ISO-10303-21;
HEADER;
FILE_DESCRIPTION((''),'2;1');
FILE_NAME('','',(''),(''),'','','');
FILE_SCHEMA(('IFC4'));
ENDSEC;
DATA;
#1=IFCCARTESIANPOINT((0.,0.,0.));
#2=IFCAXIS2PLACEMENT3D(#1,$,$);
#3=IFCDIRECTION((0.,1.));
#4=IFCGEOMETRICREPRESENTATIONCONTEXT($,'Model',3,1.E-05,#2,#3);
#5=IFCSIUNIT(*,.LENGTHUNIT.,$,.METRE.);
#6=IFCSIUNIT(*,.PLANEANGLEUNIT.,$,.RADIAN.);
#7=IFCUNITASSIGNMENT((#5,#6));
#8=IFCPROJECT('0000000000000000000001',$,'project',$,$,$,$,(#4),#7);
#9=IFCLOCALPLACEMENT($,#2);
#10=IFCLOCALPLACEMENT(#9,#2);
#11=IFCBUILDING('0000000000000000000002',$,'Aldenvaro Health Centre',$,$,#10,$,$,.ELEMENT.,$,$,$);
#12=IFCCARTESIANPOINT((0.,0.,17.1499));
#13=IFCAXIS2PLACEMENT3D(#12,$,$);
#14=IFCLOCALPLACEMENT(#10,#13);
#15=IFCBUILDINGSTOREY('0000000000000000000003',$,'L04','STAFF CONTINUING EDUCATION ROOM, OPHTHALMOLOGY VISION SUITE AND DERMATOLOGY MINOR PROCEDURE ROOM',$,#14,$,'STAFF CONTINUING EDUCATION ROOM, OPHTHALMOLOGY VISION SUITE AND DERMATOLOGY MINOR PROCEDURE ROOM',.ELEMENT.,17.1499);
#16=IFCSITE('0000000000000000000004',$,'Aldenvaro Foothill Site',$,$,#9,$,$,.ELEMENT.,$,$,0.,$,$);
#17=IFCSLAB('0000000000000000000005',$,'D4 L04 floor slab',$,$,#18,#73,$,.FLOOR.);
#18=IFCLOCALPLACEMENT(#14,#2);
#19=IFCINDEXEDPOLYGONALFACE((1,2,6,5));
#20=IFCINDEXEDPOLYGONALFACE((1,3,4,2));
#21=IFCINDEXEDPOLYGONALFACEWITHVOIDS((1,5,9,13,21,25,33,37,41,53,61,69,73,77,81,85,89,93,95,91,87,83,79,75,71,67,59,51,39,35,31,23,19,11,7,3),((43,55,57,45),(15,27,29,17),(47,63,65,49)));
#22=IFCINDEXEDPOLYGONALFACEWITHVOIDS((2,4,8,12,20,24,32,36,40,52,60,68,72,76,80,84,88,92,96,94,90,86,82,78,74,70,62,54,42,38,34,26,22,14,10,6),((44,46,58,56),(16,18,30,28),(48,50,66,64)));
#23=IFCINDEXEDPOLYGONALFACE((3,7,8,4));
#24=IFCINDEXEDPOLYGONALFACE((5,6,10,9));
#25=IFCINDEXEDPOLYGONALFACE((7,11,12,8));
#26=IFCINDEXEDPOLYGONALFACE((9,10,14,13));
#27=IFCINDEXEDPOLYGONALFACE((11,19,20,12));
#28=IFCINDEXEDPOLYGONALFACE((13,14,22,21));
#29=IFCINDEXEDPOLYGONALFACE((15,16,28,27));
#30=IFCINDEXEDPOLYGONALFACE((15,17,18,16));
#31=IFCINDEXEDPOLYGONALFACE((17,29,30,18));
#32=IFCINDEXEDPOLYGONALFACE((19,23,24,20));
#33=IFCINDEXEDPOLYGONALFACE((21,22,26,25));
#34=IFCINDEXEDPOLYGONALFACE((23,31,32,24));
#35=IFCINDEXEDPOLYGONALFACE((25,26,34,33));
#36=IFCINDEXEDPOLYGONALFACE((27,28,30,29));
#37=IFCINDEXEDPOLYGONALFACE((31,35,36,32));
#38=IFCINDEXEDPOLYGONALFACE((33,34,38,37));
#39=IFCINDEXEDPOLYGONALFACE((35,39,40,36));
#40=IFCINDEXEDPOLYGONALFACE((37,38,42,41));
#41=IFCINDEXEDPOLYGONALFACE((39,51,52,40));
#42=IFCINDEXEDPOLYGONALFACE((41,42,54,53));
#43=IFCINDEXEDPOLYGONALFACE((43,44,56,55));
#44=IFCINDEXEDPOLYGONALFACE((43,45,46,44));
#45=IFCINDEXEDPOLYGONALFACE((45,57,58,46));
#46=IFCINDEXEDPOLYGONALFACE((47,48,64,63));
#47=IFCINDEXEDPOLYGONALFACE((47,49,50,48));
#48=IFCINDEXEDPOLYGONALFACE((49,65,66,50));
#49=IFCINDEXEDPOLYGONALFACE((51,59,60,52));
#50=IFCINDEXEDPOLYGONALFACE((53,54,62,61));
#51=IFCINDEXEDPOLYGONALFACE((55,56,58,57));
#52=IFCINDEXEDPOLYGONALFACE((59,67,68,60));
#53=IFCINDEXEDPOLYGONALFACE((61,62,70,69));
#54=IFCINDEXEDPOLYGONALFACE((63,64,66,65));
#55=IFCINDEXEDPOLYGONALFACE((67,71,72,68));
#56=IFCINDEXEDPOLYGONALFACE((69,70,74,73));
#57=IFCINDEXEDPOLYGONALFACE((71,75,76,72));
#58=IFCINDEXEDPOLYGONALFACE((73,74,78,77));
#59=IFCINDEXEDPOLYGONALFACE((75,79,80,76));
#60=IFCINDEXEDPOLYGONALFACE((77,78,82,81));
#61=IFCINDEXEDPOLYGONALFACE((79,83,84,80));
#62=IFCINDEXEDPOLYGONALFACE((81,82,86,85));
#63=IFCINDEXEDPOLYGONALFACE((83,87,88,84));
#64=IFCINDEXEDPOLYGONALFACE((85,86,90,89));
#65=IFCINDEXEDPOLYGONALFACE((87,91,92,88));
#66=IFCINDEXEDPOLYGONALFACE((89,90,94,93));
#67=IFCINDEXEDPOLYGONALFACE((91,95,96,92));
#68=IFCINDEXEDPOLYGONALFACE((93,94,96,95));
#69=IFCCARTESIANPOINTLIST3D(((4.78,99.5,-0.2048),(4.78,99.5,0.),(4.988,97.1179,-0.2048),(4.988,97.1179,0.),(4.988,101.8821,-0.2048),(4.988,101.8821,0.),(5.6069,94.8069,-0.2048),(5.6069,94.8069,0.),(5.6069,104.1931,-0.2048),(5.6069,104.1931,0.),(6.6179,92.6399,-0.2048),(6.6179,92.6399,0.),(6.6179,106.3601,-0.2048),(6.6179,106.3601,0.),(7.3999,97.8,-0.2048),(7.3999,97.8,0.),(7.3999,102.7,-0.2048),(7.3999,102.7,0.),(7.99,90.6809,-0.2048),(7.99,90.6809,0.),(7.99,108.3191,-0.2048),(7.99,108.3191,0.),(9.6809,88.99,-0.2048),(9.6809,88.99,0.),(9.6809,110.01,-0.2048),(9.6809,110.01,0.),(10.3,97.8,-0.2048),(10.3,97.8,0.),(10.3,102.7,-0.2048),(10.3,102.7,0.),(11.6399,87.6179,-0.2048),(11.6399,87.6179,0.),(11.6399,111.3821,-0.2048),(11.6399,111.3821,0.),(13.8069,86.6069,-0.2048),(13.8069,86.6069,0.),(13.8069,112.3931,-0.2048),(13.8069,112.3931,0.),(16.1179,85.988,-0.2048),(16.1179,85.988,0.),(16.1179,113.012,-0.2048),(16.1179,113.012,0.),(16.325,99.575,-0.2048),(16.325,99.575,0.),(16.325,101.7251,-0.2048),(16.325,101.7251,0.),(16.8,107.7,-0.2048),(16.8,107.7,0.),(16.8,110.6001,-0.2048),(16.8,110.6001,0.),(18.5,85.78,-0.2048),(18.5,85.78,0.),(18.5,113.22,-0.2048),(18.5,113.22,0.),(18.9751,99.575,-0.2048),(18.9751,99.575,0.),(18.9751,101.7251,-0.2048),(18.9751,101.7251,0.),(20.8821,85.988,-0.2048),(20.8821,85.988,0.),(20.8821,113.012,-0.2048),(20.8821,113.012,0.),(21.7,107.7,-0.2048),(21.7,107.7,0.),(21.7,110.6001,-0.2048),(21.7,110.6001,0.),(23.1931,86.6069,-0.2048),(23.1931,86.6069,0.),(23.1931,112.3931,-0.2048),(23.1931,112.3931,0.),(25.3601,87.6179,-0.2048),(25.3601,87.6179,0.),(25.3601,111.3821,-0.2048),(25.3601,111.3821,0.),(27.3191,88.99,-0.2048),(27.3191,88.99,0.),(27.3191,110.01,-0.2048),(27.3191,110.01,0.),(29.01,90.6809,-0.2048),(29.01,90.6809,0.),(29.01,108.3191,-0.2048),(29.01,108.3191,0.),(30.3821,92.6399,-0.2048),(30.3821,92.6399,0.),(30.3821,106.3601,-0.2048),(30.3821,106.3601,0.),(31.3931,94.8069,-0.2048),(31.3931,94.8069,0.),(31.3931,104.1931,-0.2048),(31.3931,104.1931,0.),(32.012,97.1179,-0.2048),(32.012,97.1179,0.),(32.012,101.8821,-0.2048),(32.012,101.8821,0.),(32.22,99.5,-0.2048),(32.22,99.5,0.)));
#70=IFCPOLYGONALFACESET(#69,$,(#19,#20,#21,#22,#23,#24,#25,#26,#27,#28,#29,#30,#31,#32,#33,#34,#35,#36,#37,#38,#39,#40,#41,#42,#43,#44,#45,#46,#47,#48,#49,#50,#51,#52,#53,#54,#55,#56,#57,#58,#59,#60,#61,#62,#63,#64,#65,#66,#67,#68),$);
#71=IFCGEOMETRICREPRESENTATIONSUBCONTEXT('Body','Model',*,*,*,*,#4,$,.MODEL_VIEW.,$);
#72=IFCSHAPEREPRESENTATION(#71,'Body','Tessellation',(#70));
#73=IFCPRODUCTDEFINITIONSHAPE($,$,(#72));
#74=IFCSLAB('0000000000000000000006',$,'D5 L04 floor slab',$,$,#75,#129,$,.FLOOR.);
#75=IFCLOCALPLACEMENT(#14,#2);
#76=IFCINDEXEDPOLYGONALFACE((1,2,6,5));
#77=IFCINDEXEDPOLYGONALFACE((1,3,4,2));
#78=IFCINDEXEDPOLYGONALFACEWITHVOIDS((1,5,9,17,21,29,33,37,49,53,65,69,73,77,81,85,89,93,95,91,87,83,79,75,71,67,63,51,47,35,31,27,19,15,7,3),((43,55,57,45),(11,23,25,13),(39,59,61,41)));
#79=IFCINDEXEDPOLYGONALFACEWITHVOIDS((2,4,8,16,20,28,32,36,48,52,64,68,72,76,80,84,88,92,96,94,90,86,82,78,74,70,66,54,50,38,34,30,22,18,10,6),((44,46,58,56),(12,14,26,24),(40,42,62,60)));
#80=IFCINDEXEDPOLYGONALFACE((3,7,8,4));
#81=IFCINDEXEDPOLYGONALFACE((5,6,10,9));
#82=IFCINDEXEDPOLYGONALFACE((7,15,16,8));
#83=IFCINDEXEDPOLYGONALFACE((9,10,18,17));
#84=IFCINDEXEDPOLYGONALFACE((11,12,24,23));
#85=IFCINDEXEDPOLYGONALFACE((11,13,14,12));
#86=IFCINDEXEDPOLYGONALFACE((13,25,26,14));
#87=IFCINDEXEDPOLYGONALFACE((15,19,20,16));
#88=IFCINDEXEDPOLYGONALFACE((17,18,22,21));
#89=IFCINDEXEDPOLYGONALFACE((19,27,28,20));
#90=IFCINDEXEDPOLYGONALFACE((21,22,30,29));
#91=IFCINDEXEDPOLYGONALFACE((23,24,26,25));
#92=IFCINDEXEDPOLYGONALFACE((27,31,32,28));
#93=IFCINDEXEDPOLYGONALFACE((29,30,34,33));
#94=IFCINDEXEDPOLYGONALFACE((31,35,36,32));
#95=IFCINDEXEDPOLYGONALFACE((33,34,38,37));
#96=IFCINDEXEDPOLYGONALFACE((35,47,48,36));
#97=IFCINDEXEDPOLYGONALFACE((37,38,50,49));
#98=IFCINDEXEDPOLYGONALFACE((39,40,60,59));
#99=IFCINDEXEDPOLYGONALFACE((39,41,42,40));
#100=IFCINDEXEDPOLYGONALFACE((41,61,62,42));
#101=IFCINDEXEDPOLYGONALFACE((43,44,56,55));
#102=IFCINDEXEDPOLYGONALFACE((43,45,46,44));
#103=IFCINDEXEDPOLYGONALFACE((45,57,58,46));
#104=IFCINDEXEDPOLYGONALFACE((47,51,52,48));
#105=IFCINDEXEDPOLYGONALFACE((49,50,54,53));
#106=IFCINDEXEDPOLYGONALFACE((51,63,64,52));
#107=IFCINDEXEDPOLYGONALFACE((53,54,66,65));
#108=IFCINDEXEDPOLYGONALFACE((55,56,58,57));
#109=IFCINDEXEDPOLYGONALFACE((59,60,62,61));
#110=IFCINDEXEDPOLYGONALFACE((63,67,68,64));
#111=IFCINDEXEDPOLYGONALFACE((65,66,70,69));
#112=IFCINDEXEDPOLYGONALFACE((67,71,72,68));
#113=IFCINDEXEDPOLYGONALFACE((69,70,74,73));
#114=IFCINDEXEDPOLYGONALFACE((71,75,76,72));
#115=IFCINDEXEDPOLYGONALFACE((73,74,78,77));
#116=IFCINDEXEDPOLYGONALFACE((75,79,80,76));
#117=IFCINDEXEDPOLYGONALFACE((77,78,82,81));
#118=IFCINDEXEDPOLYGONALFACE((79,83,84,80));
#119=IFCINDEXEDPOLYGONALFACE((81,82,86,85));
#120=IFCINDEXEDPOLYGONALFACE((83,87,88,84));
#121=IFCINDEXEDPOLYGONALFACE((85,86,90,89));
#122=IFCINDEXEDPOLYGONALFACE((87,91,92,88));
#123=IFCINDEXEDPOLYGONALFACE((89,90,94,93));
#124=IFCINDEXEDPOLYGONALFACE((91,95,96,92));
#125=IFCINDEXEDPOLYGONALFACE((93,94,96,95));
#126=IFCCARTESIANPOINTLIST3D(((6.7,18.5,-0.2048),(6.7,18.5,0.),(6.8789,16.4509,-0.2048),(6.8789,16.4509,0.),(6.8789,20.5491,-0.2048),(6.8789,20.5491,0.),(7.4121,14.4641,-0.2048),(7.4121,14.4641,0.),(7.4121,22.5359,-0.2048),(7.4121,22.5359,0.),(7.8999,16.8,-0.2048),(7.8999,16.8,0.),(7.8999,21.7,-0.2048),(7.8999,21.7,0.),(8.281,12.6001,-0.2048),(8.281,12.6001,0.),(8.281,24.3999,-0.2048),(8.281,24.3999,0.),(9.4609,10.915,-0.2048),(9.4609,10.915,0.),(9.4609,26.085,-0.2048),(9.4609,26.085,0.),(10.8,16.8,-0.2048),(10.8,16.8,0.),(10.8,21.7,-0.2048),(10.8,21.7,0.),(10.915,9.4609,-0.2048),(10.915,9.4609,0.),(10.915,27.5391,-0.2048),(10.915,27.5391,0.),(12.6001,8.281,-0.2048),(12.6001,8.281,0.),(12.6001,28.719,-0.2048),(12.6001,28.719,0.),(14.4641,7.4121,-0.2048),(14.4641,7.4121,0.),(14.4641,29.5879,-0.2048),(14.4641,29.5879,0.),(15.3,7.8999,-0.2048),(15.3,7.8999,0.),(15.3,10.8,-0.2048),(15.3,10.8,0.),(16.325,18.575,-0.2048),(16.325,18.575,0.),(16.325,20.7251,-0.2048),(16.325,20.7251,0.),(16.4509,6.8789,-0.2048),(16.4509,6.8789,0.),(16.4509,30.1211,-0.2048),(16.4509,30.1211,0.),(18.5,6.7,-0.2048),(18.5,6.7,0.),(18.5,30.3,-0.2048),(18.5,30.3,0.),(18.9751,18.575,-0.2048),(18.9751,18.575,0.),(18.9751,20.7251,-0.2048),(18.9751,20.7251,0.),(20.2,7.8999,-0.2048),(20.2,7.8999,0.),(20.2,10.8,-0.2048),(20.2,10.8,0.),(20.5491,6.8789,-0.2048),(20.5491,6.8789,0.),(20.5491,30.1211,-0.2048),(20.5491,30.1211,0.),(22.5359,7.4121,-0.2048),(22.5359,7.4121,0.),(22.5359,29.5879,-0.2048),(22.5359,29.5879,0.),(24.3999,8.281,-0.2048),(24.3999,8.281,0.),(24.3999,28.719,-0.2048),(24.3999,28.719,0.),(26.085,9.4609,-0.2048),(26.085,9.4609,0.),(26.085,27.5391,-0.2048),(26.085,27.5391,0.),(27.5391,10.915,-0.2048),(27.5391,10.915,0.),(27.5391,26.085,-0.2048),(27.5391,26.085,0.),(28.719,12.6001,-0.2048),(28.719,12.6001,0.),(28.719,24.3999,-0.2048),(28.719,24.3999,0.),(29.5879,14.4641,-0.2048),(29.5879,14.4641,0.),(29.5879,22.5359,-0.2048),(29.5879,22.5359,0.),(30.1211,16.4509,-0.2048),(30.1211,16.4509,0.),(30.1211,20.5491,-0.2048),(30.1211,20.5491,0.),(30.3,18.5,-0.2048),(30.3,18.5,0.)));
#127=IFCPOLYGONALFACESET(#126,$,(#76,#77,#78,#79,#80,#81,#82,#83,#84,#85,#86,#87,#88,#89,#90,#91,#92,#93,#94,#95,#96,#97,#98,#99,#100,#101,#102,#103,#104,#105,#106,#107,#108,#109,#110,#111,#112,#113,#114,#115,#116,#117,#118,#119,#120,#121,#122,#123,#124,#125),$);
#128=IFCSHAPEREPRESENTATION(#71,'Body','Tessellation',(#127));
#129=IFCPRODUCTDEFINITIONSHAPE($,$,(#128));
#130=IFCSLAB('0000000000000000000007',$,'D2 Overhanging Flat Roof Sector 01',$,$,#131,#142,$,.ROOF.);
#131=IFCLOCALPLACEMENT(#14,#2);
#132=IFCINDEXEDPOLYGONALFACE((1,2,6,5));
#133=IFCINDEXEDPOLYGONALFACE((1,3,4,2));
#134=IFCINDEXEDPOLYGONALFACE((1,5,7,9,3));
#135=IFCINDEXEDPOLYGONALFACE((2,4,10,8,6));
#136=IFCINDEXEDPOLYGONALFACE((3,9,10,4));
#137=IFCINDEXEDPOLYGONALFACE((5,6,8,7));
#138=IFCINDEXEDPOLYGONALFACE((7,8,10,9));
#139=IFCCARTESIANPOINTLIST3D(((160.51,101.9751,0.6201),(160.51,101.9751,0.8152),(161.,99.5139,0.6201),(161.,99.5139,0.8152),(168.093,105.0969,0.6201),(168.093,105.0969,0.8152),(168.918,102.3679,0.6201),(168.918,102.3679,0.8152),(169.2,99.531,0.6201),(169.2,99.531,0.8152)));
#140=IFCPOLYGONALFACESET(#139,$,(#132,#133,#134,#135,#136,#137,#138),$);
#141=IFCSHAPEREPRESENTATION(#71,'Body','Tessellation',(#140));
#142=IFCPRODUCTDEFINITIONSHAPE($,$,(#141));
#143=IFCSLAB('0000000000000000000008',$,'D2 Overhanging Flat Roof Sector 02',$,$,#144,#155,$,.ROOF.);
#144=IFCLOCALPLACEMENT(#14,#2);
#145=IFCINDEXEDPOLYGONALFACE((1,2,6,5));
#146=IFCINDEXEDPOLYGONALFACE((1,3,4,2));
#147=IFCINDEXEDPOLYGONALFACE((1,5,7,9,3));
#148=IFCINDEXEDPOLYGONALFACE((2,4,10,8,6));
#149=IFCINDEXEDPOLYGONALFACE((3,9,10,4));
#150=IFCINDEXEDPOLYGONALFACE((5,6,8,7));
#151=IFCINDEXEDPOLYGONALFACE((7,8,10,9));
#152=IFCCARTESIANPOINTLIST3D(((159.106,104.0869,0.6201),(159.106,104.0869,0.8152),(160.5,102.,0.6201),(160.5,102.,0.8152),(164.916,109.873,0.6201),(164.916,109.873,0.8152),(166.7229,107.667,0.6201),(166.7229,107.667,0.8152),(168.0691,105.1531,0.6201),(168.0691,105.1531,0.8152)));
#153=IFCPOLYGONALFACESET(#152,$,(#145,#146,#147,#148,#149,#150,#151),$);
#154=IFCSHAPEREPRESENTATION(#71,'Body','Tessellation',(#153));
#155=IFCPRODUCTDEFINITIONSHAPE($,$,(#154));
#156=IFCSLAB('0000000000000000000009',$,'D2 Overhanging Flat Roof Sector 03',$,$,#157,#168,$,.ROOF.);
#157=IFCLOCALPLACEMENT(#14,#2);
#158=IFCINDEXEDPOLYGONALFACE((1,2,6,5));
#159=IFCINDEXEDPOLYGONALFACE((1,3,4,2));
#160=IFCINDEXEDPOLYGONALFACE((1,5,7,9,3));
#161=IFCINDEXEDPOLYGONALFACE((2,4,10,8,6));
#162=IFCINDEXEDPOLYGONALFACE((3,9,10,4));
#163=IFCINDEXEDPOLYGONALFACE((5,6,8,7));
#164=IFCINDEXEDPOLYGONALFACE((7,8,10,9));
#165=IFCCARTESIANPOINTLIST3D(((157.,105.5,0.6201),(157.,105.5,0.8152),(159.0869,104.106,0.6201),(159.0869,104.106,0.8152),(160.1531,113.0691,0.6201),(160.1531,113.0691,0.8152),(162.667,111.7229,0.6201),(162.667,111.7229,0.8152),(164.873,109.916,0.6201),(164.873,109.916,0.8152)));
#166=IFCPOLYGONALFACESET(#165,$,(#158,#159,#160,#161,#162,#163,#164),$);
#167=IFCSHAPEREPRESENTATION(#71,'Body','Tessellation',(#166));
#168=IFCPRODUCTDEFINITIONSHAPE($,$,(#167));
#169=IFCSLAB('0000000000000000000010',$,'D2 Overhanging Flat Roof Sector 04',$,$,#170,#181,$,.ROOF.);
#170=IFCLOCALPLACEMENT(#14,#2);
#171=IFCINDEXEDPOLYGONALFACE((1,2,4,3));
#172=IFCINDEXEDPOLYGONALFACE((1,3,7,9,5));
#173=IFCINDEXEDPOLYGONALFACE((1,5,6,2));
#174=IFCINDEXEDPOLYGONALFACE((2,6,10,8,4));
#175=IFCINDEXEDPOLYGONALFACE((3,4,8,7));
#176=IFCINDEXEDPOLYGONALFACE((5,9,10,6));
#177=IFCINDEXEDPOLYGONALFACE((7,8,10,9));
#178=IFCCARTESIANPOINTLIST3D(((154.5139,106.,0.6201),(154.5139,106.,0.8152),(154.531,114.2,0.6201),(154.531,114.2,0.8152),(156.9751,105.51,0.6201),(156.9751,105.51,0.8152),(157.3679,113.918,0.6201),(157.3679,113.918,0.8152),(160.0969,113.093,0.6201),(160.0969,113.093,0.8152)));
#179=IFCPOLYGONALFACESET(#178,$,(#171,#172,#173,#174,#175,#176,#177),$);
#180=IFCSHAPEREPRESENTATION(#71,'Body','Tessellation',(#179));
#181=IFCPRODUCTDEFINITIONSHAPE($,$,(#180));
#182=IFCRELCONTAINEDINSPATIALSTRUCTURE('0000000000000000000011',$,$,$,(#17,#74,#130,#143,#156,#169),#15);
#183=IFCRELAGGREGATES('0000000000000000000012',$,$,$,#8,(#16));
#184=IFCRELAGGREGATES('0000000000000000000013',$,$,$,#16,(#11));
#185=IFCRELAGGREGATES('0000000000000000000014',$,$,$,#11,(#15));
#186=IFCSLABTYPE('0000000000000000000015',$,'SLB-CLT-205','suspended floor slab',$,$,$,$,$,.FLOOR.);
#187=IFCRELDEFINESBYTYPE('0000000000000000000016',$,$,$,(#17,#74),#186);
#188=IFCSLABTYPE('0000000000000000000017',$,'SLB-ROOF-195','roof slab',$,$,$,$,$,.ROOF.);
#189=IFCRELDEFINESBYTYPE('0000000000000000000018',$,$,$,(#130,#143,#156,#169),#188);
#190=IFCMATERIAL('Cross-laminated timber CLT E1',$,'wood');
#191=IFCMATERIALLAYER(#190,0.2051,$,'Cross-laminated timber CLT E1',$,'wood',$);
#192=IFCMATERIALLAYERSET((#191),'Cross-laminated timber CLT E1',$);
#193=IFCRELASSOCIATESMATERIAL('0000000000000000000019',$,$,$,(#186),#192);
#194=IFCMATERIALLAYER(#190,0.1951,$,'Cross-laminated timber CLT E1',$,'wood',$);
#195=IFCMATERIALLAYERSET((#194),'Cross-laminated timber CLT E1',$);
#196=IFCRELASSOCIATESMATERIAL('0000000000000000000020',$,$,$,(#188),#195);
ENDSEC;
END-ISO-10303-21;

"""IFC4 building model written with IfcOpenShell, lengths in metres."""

from ifc_helpers import new_model, si_unit, direction, frame, origin, place, context, subcontext, project, spatial, polyline, outline, extrude, material, layer, layer_set, type_object, element, save


model = new_model("IFC4")

# Units and contexts
model_context = context("Model", 3, precision=1e-05, world=origin(), true_north=direction((0.0, 1.0)))
body_context = subcontext(model_context, "Body", "Model", "MODEL_VIEW")
ifc_project = project(units=[si_unit("LENGTHUNIT", "METRE"), si_unit("PLANEANGLEUNIT", "RADIAN")], contexts=[model_context])

# Site, building, storey
site_placement = place(None, origin())
site = spatial("IfcSite", under=ifc_project, at=site_placement, Name="Aldenvaro Foothill Site", CompositionType="ELEMENT", RefElevation=0.0)
building_placement = place(site_placement, origin())
building = spatial("IfcBuilding", under=site, at=building_placement, Name="Aldenvaro Health Centre", CompositionType="ELEMENT")
storey_placement = place(building_placement, frame((0.0, 0.0, 17.1499)))
storey = spatial("IfcBuildingStorey", under=building, at=storey_placement, Name="L04", Description="STAFF CONTINUING EDUCATION ROOM, OPHTHALMOLOGY VISION SUITE AND DERMATOLOGY MINOR PROCEDURE ROOM", LongName="STAFF CONTINUING EDUCATION ROOM, OPHTHALMOLOGY VISION SUITE AND DERMATOLOGY MINOR PROCEDURE ROOM", CompositionType="ELEMENT", Elevation=17.1499)

# Slabs
ifc_material_1 = material(Name="Cross-laminated timber CLT E1", Category="wood")
ifc_layer_1 = layer(ifc_material_1, 0.2051, Name="Cross-laminated timber CLT E1", Category="wood")
ifc_layer_set_1 = layer_set([ifc_layer_1], Name="Cross-laminated timber CLT E1")
slab_type_1 = type_object("IfcSlabType", Name="SLB-CLT-205", Description="suspended floor slab", PredefinedType="FLOOR", material=ifc_layer_set_1)
slab_1_placement = place(storey_placement, frame((0.0, 0.0, -0.2048)))
element("IfcSlab", 1, at=slab_1_placement, inside=storey, type_object=slab_type_1, Name="D4 L04 floor slab", PredefinedType="FLOOR", context=body_context, shape_type="SweptSolid", body=[
    extrude(outline(polyline([(32.22, 99.5), (32.012, 101.8821), (31.3931, 104.1931), (30.3821, 106.3601), (29.01, 108.3191), (27.3191, 110.01), (25.3601, 111.3821), (23.1931, 112.3931), (20.8821, 113.012), (18.5, 113.22), (16.1179, 113.012), (13.8069, 112.3931), (11.6399, 111.3821), (9.6809, 110.01), (7.99, 108.3191), (6.6179, 106.3601), (5.6069, 104.1931), (4.988, 101.8821), (4.78, 99.5), (4.988, 97.1179), (5.6069, 94.8069), (6.6179, 92.6399), (7.99, 90.6809), (9.6809, 88.99), (11.6399, 87.6179), (13.8069, 86.6069), (16.1179, 85.988), (18.5, 85.78), (20.8821, 85.988), (23.1931, 86.6069), (25.3601, 87.6179), (27.3191, 88.99), (29.01, 90.6809), (30.3821, 92.6399), (31.3931, 94.8069), (32.012, 97.1179), (32.22, 99.5)]), holes=[polyline([(16.8, 107.7), (21.7, 107.7), (21.7, 110.6001), (16.8, 110.6001), (16.8, 107.7)]), polyline([(10.3, 97.8), (10.3, 102.7), (7.3999, 102.7), (7.3999, 97.8), (10.3, 97.8)]), polyline([(16.325, 99.575), (18.9751, 99.575), (18.9751, 101.7251), (16.325, 101.7251), (16.325, 99.575)])]), origin(), (0.0, 0.0, 1.0), 0.2048),
])
slab_2_placement = place(storey_placement, frame((0.0, 0.0, -0.2048)))
element("IfcSlab", 2, at=slab_2_placement, inside=storey, type_object=slab_type_1, Name="D5 L04 floor slab", PredefinedType="FLOOR", context=body_context, shape_type="SweptSolid", body=[
    extrude(outline(polyline([(30.3, 18.5), (30.1211, 20.5491), (29.5879, 22.5359), (28.719, 24.3999), (27.5391, 26.085), (26.085, 27.5391), (24.3999, 28.719), (22.5359, 29.5879), (20.5491, 30.1211), (18.5, 30.3), (16.4509, 30.1211), (14.4641, 29.5879), (12.6001, 28.719), (10.915, 27.5391), (9.4609, 26.085), (8.281, 24.3999), (7.4121, 22.5359), (6.8789, 20.5491), (6.7, 18.5), (6.8789, 16.4509), (7.4121, 14.4641), (8.281, 12.6001), (9.4609, 10.915), (10.915, 9.4609), (12.6001, 8.281), (14.4641, 7.4121), (16.4509, 6.8789), (18.5, 6.7), (20.5491, 6.8789), (22.5359, 7.4121), (24.3999, 8.281), (26.085, 9.4609), (27.5391, 10.915), (28.719, 12.6001), (29.5879, 14.4641), (30.1211, 16.4509), (30.3, 18.5)]), holes=[polyline([(10.8, 16.8), (10.8, 21.7), (7.8999, 21.7), (7.8999, 16.8), (10.8, 16.8)]), polyline([(20.2, 10.8), (15.3, 10.8), (15.3, 7.8999), (20.2, 7.8999), (20.2, 10.8)]), polyline([(16.325, 18.575), (18.9751, 18.575), (18.9751, 20.7251), (16.325, 20.7251), (16.325, 18.575)])]), origin(), (0.0, 0.0, 1.0), 0.2048),
])
ifc_layer_2 = layer(ifc_material_1, 0.1951, Name="Cross-laminated timber CLT E1", Category="wood")
ifc_layer_set_2 = layer_set([ifc_layer_2], Name="Cross-laminated timber CLT E1")
slab_type_2 = type_object("IfcSlabType", Name="SLB-ROOF-195", Description="roof slab", PredefinedType="ROOF", material=ifc_layer_set_2)
slab_3_placement = place(storey_placement, frame((0.0, 0.0, 0.6201)))
element("IfcSlab", 3, at=slab_3_placement, inside=storey, type_object=slab_type_2, Name="D2 Overhanging Flat Roof Sector 01", PredefinedType="ROOF", context=body_context, shape_type="SweptSolid", body=[
    extrude(outline(polyline([(169.2, 99.531), (168.918, 102.3679), (168.093, 105.0969), (160.51, 101.9751), (161.0, 99.5139), (169.2, 99.531)])), origin(), (0.0, 0.0, 1.0), 0.1951),
])
slab_4_placement = place(storey_placement, frame((0.0, 0.0, 0.6201)))
element("IfcSlab", 4, at=slab_4_placement, inside=storey, type_object=slab_type_2, Name="D2 Overhanging Flat Roof Sector 02", PredefinedType="ROOF", context=body_context, shape_type="SweptSolid", body=[
    extrude(outline(polyline([(168.0691, 105.1531), (166.7229, 107.667), (164.916, 109.873), (159.106, 104.0869), (160.5, 102.0), (168.0691, 105.1531)])), origin(), (0.0, 0.0, 1.0), 0.1951),
])
slab_5_placement = place(storey_placement, frame((0.0, 0.0, 0.6201)))
element("IfcSlab", 5, at=slab_5_placement, inside=storey, type_object=slab_type_2, Name="D2 Overhanging Flat Roof Sector 03", PredefinedType="ROOF", context=body_context, shape_type="SweptSolid", body=[
    extrude(outline(polyline([(164.873, 109.916), (162.667, 111.7229), (160.1531, 113.0691), (157.0, 105.5), (159.0869, 104.106), (164.873, 109.916)])), origin(), (0.0, 0.0, 1.0), 0.1951),
])
slab_6_placement = place(storey_placement, frame((0.0, 0.0, 0.6201)))
element("IfcSlab", 6, at=slab_6_placement, inside=storey, type_object=slab_type_2, Name="D2 Overhanging Flat Roof Sector 04", PredefinedType="ROOF", context=body_context, shape_type="SweptSolid", body=[
    extrude(outline(polyline([(160.0969, 113.093), (157.3679, 113.918), (154.531, 114.2), (154.5139, 106.0), (156.9751, 105.51), (160.0969, 113.093)])), origin(), (0.0, 0.0, 1.0), 0.1951),
])

save(model, "model.ifc")
